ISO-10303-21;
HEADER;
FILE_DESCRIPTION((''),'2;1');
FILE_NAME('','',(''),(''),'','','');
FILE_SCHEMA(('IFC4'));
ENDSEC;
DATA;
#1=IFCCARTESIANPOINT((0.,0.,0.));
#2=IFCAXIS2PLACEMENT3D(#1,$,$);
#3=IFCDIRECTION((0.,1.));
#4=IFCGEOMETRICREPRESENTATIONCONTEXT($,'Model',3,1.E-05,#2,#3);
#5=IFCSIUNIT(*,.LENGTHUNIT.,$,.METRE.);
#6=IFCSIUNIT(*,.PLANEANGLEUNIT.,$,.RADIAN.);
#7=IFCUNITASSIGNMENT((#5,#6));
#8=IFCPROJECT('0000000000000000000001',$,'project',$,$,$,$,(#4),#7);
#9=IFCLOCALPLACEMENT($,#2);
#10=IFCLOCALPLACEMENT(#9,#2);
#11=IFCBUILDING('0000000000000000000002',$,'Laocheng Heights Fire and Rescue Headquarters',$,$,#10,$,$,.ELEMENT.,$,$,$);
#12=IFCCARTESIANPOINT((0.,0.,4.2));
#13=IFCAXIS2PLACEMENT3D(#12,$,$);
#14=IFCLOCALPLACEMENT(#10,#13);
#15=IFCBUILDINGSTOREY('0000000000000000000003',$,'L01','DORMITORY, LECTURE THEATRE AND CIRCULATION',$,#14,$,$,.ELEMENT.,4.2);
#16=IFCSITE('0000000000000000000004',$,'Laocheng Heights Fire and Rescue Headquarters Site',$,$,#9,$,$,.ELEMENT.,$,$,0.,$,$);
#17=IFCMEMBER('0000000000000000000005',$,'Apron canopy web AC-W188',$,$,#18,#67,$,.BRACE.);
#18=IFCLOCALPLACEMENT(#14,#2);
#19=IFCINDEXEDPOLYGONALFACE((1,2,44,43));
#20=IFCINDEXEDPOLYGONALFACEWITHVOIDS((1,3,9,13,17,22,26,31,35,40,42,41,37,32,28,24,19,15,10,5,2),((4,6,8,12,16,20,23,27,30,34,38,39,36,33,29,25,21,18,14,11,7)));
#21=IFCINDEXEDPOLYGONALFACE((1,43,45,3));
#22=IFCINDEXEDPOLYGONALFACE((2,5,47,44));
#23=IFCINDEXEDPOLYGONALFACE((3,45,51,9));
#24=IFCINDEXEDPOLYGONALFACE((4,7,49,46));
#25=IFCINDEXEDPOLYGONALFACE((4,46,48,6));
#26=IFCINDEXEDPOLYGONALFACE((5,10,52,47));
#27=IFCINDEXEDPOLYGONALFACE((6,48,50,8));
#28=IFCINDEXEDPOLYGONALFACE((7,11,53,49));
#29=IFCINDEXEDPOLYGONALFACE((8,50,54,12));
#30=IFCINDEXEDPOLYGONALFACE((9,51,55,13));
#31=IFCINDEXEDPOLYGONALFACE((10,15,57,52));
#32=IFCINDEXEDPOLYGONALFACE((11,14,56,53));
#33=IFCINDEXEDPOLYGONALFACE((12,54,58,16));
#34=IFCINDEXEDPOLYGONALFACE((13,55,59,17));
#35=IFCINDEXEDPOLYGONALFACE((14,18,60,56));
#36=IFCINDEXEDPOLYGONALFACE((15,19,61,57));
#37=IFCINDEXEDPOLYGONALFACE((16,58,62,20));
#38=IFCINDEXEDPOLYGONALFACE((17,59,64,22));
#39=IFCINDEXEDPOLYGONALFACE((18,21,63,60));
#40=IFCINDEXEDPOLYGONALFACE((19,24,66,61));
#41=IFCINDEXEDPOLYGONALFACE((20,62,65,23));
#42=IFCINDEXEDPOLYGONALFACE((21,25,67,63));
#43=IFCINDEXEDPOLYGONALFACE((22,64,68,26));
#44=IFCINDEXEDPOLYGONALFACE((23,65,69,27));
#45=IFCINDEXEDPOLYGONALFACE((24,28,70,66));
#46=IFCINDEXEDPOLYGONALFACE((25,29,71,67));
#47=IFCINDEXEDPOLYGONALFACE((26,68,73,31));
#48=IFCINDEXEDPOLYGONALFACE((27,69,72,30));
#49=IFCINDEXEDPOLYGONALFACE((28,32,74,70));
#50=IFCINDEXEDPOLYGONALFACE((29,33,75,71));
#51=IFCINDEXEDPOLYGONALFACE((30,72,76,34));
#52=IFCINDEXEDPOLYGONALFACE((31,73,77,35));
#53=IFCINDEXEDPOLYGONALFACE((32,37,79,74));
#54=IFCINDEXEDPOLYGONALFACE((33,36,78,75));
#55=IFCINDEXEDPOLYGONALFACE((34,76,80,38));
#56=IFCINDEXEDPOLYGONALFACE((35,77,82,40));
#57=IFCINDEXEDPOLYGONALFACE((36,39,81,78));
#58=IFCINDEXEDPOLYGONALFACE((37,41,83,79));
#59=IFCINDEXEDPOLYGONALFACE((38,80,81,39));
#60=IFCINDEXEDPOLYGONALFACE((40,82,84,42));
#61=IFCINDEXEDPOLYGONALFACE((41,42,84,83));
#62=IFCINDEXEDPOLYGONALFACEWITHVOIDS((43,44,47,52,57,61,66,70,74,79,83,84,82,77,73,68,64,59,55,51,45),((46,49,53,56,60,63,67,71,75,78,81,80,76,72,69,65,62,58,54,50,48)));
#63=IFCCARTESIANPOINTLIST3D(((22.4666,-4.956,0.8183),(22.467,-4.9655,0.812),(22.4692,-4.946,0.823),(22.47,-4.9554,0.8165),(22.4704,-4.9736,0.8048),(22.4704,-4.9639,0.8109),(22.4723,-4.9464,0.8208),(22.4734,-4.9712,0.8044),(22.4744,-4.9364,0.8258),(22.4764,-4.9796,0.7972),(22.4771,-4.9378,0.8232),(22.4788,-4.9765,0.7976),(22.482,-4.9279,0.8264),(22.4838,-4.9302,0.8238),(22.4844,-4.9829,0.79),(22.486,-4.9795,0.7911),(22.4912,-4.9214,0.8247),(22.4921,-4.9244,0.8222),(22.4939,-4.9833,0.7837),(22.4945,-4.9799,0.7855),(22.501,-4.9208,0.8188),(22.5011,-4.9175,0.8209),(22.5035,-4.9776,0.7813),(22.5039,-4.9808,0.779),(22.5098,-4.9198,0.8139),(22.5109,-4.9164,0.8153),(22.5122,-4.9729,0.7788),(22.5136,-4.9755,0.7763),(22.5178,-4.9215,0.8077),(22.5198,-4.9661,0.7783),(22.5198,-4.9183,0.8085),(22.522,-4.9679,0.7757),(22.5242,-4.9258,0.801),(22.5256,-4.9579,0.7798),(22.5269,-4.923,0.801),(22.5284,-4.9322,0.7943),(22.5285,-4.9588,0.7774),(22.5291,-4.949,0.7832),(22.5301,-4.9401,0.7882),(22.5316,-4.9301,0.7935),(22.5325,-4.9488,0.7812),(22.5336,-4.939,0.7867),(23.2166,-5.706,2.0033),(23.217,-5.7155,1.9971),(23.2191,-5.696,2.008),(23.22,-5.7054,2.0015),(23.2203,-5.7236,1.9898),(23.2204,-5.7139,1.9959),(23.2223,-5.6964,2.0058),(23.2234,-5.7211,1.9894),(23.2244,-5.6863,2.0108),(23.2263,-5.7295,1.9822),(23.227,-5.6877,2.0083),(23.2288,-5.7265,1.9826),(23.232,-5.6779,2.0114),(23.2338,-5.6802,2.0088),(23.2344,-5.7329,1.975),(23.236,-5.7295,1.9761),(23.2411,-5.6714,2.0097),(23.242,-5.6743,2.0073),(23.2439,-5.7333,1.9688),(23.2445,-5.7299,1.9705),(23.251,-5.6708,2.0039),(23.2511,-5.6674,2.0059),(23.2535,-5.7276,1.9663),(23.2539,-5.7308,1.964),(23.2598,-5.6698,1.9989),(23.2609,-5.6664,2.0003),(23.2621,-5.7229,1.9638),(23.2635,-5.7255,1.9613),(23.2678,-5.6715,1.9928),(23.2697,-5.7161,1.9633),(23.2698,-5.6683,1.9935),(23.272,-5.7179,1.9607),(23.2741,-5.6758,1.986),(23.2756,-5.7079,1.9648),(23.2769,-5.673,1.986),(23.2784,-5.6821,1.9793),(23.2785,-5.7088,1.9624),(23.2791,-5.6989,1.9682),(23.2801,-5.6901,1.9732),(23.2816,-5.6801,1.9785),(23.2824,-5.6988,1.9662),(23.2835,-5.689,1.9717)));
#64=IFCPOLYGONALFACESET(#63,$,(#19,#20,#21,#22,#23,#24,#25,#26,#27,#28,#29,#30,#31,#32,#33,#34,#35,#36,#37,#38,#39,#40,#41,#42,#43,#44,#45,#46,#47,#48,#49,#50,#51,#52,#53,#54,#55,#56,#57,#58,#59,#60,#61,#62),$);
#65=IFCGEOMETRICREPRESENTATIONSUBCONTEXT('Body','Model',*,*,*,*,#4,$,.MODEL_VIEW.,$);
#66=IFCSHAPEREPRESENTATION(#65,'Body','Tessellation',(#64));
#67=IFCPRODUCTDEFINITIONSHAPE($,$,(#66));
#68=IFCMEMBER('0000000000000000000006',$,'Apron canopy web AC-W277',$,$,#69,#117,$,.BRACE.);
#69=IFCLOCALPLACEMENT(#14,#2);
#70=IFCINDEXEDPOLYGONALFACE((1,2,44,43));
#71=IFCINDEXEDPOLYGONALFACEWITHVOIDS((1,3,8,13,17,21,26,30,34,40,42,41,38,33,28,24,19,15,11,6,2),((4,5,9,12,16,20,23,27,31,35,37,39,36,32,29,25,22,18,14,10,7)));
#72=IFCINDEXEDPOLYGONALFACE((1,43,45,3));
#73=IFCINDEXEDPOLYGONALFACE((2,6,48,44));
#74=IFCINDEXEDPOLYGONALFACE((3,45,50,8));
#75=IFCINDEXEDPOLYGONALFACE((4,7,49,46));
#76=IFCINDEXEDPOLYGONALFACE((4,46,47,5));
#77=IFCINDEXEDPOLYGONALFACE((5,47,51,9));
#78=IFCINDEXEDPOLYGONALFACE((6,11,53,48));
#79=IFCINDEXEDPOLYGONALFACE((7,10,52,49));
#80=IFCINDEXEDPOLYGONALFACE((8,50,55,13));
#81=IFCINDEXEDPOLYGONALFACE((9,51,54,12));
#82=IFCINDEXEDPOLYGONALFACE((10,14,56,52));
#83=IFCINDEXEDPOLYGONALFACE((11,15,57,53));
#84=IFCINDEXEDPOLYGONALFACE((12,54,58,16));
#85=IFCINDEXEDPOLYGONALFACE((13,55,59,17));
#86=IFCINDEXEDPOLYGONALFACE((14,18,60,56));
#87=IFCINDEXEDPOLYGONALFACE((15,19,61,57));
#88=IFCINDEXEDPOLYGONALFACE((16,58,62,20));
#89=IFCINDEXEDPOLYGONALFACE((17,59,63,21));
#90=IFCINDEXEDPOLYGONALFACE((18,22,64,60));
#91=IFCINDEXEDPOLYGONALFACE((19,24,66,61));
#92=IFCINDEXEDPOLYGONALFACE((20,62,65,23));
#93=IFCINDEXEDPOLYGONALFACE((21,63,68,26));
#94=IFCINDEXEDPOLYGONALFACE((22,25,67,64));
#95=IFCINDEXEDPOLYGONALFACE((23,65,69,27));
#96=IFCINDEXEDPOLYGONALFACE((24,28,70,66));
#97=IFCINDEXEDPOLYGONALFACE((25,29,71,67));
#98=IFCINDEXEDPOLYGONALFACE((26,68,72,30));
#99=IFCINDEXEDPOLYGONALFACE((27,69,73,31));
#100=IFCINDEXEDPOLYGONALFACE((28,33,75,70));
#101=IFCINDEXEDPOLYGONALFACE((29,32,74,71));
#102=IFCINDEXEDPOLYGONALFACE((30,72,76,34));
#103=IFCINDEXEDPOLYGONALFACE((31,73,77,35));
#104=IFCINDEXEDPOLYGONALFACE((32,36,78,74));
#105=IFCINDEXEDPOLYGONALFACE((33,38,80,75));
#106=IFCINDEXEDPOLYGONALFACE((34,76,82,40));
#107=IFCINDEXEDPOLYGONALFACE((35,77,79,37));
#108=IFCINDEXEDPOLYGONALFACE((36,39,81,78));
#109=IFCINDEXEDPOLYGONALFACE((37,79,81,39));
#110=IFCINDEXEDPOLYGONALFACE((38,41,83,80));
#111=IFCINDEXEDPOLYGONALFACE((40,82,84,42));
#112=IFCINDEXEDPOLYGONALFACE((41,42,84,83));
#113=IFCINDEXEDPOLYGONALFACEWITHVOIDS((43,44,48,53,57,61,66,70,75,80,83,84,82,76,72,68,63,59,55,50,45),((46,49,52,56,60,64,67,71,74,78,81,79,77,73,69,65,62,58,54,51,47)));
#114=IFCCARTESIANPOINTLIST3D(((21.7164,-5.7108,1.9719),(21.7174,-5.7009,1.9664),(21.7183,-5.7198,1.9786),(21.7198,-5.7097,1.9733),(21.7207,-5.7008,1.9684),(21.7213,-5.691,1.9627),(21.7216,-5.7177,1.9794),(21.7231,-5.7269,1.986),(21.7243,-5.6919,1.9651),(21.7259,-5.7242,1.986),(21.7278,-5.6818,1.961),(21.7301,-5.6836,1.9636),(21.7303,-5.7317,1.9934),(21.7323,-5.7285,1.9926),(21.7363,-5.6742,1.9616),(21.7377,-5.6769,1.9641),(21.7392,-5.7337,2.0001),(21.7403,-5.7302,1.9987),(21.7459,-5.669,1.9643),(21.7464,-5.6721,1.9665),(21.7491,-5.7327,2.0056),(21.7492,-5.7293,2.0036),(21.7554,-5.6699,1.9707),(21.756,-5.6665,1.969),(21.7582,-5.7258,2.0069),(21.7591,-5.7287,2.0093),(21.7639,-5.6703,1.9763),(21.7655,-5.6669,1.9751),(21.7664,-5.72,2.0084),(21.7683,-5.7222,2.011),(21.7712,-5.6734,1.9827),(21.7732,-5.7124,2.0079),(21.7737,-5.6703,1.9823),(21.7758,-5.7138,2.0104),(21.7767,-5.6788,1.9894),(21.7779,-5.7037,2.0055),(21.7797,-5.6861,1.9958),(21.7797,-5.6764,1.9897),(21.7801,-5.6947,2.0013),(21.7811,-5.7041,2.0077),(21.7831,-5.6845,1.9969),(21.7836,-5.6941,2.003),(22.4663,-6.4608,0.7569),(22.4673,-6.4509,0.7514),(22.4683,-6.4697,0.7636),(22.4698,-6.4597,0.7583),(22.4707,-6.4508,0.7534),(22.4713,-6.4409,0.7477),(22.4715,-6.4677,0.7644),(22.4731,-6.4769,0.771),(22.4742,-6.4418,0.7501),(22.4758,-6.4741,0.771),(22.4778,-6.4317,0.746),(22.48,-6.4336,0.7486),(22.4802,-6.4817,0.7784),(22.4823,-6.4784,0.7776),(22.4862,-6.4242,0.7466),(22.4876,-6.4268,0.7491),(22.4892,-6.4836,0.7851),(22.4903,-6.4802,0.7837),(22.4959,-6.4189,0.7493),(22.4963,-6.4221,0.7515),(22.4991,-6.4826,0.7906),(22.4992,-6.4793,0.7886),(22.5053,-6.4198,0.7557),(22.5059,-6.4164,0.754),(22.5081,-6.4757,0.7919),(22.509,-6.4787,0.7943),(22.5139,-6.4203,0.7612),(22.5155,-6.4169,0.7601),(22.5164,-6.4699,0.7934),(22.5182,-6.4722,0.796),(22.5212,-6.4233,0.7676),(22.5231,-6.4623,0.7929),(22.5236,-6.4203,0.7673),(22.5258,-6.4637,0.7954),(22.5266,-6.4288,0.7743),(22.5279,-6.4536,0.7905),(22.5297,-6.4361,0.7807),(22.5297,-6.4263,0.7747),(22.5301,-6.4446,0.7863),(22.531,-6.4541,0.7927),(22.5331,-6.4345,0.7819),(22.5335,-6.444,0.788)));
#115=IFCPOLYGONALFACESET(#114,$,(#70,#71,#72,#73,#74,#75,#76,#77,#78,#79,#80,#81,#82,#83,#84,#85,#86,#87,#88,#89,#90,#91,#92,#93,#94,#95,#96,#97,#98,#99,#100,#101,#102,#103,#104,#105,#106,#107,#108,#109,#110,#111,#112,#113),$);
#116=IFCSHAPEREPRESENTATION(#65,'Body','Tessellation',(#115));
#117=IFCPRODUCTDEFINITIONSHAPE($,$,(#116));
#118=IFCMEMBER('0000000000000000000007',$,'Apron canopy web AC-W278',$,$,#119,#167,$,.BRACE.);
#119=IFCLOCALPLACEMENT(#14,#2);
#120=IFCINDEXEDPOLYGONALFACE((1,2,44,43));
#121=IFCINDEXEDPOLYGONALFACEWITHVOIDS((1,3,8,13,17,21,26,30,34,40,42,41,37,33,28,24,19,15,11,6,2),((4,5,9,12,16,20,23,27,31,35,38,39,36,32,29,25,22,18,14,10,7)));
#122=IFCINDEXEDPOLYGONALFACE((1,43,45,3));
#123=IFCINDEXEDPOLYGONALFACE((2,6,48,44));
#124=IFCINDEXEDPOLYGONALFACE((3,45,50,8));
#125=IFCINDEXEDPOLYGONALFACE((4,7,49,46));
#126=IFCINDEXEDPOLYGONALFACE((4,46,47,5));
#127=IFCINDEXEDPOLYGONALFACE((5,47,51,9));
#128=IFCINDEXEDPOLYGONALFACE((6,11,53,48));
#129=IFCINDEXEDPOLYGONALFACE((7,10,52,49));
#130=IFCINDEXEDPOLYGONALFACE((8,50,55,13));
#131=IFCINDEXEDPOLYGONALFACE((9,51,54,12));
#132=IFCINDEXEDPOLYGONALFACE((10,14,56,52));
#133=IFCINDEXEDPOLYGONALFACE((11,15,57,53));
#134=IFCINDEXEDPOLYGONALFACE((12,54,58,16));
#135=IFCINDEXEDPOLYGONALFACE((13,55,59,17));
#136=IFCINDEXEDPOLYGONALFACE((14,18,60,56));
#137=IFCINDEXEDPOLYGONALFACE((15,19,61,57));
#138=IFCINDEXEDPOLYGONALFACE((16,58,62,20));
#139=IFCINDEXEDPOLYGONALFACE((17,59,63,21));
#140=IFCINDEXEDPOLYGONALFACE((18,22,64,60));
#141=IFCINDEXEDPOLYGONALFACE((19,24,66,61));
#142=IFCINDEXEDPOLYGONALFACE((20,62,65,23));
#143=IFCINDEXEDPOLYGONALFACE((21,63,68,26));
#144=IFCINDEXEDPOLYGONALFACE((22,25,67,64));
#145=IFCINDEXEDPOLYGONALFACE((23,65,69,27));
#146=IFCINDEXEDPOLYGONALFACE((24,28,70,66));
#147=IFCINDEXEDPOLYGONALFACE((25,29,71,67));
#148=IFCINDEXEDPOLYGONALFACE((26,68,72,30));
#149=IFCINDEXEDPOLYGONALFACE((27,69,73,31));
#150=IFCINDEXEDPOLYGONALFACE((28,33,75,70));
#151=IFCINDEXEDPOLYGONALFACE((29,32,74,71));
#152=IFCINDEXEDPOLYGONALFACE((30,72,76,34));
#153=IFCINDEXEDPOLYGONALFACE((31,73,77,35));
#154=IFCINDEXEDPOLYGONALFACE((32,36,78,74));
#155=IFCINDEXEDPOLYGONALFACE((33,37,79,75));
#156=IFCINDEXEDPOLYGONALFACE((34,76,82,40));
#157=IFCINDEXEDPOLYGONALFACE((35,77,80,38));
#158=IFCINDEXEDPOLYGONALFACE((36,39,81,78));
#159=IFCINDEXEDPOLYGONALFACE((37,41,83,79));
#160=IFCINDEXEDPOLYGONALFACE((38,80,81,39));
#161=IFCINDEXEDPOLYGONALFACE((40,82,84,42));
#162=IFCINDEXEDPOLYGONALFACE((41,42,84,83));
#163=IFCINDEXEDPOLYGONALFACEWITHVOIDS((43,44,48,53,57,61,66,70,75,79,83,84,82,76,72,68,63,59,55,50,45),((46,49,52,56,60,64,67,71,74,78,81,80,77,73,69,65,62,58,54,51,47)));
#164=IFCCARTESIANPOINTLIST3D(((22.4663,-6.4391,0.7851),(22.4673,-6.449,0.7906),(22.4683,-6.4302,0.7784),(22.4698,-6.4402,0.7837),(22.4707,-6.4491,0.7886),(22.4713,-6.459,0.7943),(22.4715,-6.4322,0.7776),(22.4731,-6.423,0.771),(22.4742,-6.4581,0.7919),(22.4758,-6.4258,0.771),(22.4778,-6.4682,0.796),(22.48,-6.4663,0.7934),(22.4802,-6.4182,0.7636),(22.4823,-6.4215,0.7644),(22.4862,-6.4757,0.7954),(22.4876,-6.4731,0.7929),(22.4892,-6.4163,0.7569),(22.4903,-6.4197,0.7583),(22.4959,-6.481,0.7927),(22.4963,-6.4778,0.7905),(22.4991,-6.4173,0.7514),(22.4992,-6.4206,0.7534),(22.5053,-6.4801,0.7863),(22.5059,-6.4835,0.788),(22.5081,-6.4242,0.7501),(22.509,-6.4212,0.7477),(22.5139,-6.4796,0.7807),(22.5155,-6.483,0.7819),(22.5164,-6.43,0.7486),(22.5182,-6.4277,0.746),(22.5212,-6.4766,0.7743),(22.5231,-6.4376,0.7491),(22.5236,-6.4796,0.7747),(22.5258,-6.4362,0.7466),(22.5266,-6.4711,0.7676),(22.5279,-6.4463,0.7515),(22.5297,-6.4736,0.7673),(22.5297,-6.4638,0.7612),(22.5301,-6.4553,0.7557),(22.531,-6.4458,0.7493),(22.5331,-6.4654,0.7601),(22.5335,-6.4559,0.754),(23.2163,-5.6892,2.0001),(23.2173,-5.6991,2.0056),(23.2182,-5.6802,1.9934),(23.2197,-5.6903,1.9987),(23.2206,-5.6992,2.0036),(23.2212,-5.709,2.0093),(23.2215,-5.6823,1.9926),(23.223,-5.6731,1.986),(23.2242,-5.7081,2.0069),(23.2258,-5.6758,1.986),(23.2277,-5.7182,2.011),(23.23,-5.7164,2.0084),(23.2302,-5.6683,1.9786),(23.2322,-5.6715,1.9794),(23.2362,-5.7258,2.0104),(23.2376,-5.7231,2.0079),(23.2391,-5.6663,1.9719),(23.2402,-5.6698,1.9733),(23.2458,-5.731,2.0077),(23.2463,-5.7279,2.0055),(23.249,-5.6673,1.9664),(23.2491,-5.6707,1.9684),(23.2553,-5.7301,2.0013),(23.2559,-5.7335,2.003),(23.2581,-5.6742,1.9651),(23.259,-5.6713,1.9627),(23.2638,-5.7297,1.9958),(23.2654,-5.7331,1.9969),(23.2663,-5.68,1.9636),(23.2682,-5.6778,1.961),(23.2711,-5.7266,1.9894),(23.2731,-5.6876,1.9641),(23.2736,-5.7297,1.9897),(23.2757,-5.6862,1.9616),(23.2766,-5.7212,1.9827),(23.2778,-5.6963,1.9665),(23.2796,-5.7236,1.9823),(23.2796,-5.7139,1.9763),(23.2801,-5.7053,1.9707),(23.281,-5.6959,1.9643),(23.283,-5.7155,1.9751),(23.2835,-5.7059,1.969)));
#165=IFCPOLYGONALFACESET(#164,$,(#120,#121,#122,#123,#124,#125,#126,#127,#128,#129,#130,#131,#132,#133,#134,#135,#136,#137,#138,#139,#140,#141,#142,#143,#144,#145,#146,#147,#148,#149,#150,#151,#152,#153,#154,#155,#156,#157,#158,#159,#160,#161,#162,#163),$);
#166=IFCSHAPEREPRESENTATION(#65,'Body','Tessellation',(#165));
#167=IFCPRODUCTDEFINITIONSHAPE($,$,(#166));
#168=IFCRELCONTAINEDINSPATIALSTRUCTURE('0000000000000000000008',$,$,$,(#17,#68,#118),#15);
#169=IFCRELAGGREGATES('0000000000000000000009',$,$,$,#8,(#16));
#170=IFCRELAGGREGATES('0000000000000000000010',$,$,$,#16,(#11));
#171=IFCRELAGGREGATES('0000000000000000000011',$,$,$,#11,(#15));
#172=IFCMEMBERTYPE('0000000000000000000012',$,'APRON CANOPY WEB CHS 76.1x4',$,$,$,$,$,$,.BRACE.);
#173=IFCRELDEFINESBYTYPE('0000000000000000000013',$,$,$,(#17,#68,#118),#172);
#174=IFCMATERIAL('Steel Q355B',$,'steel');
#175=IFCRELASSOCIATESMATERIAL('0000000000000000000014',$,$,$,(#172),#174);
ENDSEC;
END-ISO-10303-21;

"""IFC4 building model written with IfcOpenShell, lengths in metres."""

from ifc_helpers import new_model, si_unit, direction, frame, origin, origin_2d, place, context, subcontext, project, spatial, hollow_circle, extrude, material, material_profile, profile_set, type_object, element, save


model = new_model("IFC4")

# Units and contexts
model_context = context("Model", 3, precision=1e-05, world=origin(), true_north=direction((0.0, 1.0)))
body_context = subcontext(model_context, "Body", "Model", "MODEL_VIEW")
ifc_project = project(units=[si_unit("LENGTHUNIT", "METRE"), si_unit("PLANEANGLEUNIT", "RADIAN")], contexts=[model_context])

# Site, building, storey
site_placement = place(None, origin())
site = spatial("IfcSite", under=ifc_project, at=site_placement, Name="Laocheng Heights Fire and Rescue Headquarters Site", CompositionType="ELEMENT", RefElevation=0.0)
building_placement = place(site_placement, origin())
building = spatial("IfcBuilding", under=site, at=building_placement, Name="Laocheng Heights Fire and Rescue Headquarters", CompositionType="ELEMENT")
storey_placement = place(building_placement, frame((0.0, 0.0, 4.2)))
storey = spatial("IfcBuildingStorey", under=building, at=storey_placement, Name="L01", Description="DORMITORY, LECTURE THEATRE AND CIRCULATION", CompositionType="ELEMENT", Elevation=4.2)

# Members
ifc_material_1 = material(Name="Steel Q355B", Category="steel")
ifc_material_profile_1 = material_profile(ifc_material_1, hollow_circle(Radius=0.0381, WallThickness=0.0039, at=origin_2d()), Name="CHS 76.1x4")
ifc_profile_set_1 = profile_set([ifc_material_profile_1], Name="Steel Q355B")
member_type_1 = type_object("IfcMemberType", Name="APRON CANOPY WEB CHS 76.1x4", PredefinedType="BRACE", material=ifc_profile_set_1)
for number, where, z_axis, x_axis, name in (
    (1, (22.5, -4.95, 0.801), (0.47158, -0.47158, 0.745134), (0.707107, 0.707107, 0.0), "Apron canopy web AC-W188"),
):
    element("IfcMember", number, at=place(storey_placement, frame(where, z_axis=z_axis, x_axis=x_axis)), inside=storey, type_object=member_type_1, Name=name, PredefinedType="BRACE", context=body_context, shape_type="SweptSolid", body=[
        extrude(hollow_circle(Radius=0.0381, WallThickness=0.0039, at=origin_2d()), origin(), (0.0, 0.0, 1.0), 1.5903),
    ])
for number, where, z_axis, x_axis, name in (
    (2, (22.5, -6.45, 0.771), (-0.465002, 0.465002, 0.753357), (-0.707107, -0.707107, 0.0), "Apron canopy web AC-W277"),
    (3, (22.5, -6.45, 0.771), (0.465002, 0.465002, 0.753357), (-0.707107, 0.707107, 0.0), "Apron canopy web AC-W278"),
):
    element("IfcMember", number, at=place(storey_placement, frame(where, z_axis=z_axis, x_axis=x_axis)), inside=storey, type_object=member_type_1, Name=name, PredefinedType="BRACE", context=body_context, shape_type="SweptSolid", body=[
        extrude(hollow_circle(Radius=0.0381, WallThickness=0.0039, at=origin_2d()), origin(), (0.0, 0.0, 1.0), 1.6128),
    ])

save(model, "model.ifc")
